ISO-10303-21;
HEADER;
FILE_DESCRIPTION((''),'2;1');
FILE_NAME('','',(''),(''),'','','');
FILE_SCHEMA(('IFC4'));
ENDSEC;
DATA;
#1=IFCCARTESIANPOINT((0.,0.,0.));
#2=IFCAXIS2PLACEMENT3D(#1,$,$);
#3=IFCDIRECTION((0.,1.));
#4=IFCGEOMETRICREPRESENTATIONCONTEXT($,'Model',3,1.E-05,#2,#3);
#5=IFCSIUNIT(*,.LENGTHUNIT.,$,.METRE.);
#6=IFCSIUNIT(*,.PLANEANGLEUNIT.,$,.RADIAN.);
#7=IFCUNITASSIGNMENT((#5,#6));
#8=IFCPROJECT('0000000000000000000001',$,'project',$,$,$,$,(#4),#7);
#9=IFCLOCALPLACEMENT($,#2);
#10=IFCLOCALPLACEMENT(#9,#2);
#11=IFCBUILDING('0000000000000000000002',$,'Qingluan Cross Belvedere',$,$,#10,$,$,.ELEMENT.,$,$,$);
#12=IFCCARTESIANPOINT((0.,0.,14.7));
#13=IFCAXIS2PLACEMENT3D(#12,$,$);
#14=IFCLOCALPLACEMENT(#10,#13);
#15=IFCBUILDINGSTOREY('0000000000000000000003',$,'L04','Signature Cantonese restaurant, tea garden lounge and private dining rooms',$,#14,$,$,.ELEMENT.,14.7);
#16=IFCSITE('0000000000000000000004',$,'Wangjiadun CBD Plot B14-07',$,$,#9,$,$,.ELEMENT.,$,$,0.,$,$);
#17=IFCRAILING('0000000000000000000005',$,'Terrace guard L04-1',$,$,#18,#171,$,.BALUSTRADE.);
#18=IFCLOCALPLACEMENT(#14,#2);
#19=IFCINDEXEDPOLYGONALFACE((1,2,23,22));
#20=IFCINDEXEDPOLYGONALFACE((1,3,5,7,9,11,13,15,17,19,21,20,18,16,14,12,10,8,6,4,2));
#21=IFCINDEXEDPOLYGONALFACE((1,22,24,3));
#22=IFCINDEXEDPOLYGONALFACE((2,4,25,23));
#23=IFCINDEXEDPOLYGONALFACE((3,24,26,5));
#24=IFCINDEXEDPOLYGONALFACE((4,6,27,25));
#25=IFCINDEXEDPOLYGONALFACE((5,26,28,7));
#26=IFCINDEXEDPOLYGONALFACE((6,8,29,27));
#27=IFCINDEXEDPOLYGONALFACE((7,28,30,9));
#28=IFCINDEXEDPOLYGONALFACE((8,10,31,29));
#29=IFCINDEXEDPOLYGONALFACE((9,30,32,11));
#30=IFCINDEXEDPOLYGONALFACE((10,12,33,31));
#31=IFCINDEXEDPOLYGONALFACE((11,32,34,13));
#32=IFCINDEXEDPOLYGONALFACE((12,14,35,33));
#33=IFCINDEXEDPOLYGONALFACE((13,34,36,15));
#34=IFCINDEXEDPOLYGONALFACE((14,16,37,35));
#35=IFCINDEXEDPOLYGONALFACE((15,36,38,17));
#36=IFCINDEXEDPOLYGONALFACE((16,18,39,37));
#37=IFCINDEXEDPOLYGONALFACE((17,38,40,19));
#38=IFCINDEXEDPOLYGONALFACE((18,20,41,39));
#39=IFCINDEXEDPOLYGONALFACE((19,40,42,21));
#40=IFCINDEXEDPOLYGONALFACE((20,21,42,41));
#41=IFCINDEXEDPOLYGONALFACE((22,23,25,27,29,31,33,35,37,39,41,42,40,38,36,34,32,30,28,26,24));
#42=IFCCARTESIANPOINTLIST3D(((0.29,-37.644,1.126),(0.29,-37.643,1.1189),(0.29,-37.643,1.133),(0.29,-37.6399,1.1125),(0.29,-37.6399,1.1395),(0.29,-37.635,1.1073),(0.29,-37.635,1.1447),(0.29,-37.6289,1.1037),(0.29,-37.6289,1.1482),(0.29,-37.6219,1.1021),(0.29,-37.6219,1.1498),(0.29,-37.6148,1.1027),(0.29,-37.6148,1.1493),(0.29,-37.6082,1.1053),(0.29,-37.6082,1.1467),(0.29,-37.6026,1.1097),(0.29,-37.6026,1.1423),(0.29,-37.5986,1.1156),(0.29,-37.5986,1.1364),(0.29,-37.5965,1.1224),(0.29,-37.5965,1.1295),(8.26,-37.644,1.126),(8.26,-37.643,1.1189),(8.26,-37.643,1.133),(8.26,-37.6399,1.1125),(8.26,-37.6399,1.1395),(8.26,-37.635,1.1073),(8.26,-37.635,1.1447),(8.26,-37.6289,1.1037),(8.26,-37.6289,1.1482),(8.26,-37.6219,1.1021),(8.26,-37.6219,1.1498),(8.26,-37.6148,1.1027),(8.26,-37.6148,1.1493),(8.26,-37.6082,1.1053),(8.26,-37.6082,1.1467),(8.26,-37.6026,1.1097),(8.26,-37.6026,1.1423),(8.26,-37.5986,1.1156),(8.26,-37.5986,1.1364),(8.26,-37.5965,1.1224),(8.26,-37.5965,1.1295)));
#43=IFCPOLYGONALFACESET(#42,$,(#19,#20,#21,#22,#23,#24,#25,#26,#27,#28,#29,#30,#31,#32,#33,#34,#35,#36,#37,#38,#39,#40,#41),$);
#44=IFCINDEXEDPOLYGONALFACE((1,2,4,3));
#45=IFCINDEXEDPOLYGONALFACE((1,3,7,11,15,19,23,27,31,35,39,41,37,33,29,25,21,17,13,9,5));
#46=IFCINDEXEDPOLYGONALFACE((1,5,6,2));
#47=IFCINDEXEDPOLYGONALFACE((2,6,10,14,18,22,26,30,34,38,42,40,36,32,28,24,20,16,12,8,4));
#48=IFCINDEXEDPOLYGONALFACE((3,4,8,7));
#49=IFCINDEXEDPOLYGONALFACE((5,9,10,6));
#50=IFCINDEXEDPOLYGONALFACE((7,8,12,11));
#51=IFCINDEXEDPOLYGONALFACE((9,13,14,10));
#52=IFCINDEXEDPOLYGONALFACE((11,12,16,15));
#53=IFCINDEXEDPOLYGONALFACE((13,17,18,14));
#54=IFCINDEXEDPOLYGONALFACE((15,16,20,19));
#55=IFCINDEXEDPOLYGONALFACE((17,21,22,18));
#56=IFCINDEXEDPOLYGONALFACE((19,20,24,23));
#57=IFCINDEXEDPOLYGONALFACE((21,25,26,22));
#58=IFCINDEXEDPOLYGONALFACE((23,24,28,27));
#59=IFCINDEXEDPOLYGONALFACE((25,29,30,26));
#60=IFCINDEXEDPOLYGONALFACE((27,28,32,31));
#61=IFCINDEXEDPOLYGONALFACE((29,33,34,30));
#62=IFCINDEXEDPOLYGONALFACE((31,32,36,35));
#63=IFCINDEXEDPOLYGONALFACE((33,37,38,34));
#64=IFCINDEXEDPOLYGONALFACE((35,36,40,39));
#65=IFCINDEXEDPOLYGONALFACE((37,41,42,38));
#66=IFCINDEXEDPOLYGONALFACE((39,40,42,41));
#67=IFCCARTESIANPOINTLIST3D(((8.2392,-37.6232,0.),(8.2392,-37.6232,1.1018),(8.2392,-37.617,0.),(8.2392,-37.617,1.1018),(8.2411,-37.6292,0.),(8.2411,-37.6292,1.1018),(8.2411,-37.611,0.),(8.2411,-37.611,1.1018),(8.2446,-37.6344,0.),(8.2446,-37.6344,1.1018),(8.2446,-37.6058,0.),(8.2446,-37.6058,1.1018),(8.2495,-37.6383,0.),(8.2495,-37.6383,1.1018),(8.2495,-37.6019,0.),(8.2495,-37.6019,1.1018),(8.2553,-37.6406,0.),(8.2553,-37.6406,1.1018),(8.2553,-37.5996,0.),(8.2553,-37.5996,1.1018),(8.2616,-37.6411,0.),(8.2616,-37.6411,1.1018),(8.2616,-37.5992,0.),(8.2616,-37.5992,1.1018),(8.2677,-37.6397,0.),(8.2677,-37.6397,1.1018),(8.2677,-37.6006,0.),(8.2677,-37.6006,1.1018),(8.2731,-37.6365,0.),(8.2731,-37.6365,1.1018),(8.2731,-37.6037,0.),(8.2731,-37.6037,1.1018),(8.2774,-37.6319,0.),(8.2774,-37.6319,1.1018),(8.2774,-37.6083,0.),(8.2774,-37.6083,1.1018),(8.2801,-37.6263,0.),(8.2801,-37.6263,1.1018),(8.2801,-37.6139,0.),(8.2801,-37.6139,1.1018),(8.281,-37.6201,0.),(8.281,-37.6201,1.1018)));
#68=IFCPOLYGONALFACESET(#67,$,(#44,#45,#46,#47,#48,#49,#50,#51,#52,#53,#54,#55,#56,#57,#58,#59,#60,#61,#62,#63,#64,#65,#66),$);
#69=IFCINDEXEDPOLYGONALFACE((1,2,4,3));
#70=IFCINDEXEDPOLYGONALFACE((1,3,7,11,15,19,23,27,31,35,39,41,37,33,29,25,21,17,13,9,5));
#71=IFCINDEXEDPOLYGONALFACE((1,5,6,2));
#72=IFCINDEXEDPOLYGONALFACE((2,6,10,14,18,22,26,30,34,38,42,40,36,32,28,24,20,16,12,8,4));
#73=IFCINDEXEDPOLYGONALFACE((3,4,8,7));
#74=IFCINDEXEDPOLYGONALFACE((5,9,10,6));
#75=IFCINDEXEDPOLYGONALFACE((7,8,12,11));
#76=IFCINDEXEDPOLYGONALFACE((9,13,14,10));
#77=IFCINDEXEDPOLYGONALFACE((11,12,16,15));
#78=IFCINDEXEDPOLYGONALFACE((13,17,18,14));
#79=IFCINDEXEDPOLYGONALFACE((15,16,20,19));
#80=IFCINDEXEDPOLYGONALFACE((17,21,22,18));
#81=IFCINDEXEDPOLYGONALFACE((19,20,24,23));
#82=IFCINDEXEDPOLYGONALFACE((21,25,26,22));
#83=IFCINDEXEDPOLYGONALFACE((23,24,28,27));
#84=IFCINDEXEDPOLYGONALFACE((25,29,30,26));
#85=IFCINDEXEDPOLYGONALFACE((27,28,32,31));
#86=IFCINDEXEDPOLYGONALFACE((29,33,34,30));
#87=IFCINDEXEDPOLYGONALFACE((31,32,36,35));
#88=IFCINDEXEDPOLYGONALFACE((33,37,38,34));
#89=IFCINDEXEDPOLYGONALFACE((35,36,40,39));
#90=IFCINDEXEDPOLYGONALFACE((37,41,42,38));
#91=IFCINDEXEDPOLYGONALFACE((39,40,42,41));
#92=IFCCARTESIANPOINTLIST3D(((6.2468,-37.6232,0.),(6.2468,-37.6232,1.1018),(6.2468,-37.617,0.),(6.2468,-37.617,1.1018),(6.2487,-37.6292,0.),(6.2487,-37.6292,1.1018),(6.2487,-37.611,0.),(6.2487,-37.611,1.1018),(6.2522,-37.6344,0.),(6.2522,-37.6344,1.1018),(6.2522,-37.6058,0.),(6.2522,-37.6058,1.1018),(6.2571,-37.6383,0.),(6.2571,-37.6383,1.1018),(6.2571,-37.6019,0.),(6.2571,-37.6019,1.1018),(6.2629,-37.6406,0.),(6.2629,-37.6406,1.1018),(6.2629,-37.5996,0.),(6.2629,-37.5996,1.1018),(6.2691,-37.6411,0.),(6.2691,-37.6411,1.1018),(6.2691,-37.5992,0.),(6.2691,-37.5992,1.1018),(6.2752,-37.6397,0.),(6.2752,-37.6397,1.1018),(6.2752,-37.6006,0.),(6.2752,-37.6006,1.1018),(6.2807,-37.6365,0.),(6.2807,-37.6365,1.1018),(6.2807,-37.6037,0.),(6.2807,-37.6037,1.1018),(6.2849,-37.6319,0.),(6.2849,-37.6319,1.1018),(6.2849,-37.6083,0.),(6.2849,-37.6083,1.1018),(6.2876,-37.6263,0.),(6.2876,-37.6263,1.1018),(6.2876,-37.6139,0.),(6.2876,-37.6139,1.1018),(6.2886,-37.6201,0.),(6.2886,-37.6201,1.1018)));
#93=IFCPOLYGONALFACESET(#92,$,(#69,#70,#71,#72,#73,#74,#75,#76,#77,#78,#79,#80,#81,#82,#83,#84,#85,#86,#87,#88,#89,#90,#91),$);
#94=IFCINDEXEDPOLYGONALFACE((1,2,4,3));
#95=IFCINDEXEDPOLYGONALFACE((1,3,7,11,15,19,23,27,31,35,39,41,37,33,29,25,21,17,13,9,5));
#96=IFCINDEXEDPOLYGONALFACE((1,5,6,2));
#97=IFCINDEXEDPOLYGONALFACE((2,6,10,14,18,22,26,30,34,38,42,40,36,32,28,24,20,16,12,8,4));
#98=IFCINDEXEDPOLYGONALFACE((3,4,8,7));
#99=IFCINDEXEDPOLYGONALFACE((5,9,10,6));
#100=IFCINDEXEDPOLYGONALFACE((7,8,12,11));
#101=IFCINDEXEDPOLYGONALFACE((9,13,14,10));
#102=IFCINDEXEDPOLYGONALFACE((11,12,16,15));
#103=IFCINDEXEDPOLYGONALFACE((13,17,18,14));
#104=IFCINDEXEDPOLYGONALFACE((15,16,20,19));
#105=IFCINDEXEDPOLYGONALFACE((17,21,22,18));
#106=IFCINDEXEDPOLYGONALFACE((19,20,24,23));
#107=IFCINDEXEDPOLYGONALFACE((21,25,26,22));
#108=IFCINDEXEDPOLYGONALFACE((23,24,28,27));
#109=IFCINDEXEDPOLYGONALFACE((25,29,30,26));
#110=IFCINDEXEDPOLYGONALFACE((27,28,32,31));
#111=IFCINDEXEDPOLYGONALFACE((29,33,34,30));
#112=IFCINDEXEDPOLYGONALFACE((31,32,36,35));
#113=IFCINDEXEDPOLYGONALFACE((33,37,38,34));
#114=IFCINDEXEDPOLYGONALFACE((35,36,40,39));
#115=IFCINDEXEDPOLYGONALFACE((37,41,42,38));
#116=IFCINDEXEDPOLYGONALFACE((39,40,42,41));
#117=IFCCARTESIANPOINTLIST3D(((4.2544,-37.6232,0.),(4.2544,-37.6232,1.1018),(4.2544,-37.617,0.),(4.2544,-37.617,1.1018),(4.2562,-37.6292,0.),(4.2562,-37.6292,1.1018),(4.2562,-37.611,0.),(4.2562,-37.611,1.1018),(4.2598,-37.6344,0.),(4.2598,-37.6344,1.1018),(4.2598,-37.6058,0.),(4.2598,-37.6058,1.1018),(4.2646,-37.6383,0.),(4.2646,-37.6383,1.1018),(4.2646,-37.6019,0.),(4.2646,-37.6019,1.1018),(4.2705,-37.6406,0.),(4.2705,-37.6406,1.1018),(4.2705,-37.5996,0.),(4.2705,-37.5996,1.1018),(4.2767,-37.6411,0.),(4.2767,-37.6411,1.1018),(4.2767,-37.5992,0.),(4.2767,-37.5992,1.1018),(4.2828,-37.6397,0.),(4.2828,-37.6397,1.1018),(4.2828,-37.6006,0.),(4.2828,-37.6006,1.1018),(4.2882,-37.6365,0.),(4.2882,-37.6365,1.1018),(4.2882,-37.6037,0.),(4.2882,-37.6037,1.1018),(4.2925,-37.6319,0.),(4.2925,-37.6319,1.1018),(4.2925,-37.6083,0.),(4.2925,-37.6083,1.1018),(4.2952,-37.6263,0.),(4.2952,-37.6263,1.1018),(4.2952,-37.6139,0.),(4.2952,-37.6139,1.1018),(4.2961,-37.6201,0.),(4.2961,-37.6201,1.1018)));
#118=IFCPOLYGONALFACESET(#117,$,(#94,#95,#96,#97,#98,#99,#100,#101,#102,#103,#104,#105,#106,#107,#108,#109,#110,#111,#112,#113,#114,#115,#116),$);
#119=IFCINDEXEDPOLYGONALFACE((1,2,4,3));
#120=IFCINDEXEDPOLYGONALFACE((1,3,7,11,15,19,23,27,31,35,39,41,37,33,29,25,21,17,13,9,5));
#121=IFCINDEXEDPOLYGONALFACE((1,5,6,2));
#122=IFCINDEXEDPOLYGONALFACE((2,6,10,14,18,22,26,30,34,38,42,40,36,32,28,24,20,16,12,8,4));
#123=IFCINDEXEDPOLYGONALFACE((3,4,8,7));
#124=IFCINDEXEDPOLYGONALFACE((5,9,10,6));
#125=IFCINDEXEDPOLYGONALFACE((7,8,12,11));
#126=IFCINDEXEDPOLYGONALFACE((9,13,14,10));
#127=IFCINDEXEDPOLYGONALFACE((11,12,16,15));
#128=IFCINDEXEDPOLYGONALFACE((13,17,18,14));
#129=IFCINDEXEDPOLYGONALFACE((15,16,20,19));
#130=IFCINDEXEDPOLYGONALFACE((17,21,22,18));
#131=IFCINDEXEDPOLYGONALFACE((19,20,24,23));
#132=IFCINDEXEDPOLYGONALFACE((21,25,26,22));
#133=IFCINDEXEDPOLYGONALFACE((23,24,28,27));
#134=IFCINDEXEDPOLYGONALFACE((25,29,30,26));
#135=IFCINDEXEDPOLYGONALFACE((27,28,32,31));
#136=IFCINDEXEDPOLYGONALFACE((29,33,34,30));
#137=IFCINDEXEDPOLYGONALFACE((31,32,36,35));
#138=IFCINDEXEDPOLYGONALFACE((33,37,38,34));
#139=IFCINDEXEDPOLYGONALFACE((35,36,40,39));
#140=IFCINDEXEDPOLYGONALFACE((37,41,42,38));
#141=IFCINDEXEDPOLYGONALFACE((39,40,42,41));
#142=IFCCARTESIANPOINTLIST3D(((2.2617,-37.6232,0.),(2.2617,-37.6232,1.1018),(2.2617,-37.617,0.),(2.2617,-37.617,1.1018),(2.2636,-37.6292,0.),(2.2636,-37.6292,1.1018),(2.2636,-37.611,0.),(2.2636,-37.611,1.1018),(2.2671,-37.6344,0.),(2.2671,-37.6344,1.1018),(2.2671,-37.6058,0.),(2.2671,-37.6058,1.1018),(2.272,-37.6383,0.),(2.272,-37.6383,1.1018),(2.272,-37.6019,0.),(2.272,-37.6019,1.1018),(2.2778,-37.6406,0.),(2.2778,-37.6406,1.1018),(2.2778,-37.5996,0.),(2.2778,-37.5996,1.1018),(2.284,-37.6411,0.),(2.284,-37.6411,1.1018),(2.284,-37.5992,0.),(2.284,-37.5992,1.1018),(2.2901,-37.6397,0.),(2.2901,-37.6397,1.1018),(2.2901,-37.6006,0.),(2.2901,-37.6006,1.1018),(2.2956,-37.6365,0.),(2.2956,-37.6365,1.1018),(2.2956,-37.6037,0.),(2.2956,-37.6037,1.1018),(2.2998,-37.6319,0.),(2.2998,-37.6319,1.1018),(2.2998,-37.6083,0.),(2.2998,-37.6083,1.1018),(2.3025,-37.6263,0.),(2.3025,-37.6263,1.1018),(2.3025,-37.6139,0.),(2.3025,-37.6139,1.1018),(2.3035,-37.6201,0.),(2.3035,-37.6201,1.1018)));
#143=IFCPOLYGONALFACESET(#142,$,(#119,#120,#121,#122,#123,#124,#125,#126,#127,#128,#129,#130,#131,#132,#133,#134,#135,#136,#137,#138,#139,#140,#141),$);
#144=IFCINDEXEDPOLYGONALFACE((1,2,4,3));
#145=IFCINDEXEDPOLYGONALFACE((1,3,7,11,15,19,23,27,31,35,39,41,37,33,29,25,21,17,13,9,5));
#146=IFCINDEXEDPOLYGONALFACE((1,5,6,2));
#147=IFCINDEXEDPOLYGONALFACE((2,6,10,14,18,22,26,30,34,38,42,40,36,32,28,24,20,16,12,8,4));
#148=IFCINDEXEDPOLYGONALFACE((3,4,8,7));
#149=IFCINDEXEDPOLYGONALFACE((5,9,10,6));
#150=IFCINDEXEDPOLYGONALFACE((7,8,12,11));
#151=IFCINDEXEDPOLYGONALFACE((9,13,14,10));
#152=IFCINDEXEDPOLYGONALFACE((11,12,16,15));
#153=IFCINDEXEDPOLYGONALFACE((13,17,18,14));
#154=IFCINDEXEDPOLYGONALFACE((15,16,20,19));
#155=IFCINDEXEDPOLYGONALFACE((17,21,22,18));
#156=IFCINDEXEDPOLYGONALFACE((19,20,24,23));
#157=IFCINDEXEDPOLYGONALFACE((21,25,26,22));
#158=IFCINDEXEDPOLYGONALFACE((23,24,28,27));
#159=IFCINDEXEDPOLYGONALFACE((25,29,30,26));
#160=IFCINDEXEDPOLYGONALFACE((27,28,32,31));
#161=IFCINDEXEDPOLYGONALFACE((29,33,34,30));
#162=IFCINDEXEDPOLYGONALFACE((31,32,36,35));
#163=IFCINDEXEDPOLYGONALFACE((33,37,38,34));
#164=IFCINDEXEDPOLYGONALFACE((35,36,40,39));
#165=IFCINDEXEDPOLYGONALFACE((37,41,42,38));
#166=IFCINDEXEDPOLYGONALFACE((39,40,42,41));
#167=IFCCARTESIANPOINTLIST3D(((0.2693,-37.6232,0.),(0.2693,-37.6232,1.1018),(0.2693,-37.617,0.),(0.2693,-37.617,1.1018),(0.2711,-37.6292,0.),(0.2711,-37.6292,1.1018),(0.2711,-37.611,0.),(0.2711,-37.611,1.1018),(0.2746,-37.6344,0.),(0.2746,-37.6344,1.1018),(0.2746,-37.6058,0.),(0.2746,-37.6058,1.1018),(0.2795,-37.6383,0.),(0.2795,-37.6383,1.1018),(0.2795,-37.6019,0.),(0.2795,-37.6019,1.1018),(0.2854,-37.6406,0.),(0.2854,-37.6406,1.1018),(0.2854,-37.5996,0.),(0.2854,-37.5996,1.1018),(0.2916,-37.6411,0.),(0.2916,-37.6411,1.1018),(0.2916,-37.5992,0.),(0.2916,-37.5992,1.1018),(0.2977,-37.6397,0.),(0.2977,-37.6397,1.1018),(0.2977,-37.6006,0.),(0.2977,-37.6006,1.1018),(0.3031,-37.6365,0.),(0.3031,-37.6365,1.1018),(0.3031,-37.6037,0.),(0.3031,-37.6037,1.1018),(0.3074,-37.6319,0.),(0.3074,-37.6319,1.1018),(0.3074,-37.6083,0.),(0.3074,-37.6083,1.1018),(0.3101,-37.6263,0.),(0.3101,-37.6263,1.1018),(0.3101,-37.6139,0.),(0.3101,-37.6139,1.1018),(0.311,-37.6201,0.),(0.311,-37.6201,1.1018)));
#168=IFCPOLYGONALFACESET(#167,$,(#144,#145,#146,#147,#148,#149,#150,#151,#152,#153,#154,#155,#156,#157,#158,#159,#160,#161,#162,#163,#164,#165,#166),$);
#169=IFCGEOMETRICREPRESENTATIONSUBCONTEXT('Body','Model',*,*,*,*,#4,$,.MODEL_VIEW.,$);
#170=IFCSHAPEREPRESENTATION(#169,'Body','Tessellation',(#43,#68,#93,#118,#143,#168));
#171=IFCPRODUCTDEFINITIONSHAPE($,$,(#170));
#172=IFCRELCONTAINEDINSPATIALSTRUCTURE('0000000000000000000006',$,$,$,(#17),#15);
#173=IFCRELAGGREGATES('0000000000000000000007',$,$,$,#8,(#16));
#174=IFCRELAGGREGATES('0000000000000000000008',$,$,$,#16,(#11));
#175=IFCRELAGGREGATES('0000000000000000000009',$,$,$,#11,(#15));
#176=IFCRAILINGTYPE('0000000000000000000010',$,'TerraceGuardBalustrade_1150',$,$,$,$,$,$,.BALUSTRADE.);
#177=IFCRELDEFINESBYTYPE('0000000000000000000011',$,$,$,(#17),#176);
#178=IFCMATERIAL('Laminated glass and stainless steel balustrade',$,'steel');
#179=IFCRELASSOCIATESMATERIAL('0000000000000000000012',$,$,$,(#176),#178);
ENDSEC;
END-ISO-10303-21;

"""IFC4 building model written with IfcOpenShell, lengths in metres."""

from ifc_helpers import new_model, si_unit, direction, frame, origin, origin_2d, place, context, subcontext, project, spatial, circle, extrude, material, type_object, element, save


model = new_model("IFC4")

# Units and contexts
model_context = context("Model", 3, precision=1e-05, world=origin(), true_north=direction((0.0, 1.0)))
body_context = subcontext(model_context, "Body", "Model", "MODEL_VIEW")
ifc_project = project(units=[si_unit("LENGTHUNIT", "METRE"), si_unit("PLANEANGLEUNIT", "RADIAN")], contexts=[model_context])

# Site, building, storey
site_placement = place(None, origin())
site = spatial("IfcSite", under=ifc_project, at=site_placement, Name="Wangjiadun CBD Plot B14-07", CompositionType="ELEMENT", RefElevation=0.0)
building_placement = place(site_placement, origin())
building = spatial("IfcBuilding", under=site, at=building_placement, Name="Qingluan Cross Belvedere", CompositionType="ELEMENT")
storey_placement = place(building_placement, frame((0.0, 0.0, 14.7)))
storey = spatial("IfcBuildingStorey", under=building, at=storey_placement, Name="L04", Description="Signature Cantonese restaurant, tea garden lounge and private dining rooms", CompositionType="ELEMENT", Elevation=14.7)

# Railing
ifc_material_1 = material(Name="Laminated glass and stainless steel balustrade", Category="steel")
railing_type = type_object("IfcRailingType", Name="TerraceGuardBalustrade_1150", PredefinedType="BALUSTRADE", material=ifc_material_1)
railing_placement = place(storey_placement, frame((8.26, -37.6201, 0.0)))
element("IfcRailing", 1, at=railing_placement, inside=storey, type_object=railing_type, Name="Terrace guard L04-1", PredefinedType="BALUSTRADE", context=body_context, shape_type="SweptSolid", body=[
    extrude(circle(Radius=0.0239, at=origin_2d()), frame((0.0, 0.0, 1.126), z_axis=(-1.0, 0.0, 0.0), x_axis=(0.0, -1.0, 0.0)), (0.0, 0.0, 1.0), 7.97),
    extrude(circle(Radius=0.021, at=origin_2d()), origin(), (0.0, 0.0, 1.0), 1.1018),
    extrude(circle(Radius=0.021, at=origin_2d()), frame((-1.9924, 0.0, 0.0)), (0.0, 0.0, 1.0), 1.1018),
    extrude(circle(Radius=0.021, at=origin_2d()), frame((-3.9849, 0.0, 0.0)), (0.0, 0.0, 1.0), 1.1018),
    extrude(circle(Radius=0.021, at=origin_2d()), frame((-5.9775, 0.0, 0.0)), (0.0, 0.0, 1.0), 1.1018),
    extrude(circle(Radius=0.021, at=origin_2d()), frame((-7.97, 0.0, 0.0)), (0.0, 0.0, 1.0), 1.1018),
])

save(model, "model.ifc")
